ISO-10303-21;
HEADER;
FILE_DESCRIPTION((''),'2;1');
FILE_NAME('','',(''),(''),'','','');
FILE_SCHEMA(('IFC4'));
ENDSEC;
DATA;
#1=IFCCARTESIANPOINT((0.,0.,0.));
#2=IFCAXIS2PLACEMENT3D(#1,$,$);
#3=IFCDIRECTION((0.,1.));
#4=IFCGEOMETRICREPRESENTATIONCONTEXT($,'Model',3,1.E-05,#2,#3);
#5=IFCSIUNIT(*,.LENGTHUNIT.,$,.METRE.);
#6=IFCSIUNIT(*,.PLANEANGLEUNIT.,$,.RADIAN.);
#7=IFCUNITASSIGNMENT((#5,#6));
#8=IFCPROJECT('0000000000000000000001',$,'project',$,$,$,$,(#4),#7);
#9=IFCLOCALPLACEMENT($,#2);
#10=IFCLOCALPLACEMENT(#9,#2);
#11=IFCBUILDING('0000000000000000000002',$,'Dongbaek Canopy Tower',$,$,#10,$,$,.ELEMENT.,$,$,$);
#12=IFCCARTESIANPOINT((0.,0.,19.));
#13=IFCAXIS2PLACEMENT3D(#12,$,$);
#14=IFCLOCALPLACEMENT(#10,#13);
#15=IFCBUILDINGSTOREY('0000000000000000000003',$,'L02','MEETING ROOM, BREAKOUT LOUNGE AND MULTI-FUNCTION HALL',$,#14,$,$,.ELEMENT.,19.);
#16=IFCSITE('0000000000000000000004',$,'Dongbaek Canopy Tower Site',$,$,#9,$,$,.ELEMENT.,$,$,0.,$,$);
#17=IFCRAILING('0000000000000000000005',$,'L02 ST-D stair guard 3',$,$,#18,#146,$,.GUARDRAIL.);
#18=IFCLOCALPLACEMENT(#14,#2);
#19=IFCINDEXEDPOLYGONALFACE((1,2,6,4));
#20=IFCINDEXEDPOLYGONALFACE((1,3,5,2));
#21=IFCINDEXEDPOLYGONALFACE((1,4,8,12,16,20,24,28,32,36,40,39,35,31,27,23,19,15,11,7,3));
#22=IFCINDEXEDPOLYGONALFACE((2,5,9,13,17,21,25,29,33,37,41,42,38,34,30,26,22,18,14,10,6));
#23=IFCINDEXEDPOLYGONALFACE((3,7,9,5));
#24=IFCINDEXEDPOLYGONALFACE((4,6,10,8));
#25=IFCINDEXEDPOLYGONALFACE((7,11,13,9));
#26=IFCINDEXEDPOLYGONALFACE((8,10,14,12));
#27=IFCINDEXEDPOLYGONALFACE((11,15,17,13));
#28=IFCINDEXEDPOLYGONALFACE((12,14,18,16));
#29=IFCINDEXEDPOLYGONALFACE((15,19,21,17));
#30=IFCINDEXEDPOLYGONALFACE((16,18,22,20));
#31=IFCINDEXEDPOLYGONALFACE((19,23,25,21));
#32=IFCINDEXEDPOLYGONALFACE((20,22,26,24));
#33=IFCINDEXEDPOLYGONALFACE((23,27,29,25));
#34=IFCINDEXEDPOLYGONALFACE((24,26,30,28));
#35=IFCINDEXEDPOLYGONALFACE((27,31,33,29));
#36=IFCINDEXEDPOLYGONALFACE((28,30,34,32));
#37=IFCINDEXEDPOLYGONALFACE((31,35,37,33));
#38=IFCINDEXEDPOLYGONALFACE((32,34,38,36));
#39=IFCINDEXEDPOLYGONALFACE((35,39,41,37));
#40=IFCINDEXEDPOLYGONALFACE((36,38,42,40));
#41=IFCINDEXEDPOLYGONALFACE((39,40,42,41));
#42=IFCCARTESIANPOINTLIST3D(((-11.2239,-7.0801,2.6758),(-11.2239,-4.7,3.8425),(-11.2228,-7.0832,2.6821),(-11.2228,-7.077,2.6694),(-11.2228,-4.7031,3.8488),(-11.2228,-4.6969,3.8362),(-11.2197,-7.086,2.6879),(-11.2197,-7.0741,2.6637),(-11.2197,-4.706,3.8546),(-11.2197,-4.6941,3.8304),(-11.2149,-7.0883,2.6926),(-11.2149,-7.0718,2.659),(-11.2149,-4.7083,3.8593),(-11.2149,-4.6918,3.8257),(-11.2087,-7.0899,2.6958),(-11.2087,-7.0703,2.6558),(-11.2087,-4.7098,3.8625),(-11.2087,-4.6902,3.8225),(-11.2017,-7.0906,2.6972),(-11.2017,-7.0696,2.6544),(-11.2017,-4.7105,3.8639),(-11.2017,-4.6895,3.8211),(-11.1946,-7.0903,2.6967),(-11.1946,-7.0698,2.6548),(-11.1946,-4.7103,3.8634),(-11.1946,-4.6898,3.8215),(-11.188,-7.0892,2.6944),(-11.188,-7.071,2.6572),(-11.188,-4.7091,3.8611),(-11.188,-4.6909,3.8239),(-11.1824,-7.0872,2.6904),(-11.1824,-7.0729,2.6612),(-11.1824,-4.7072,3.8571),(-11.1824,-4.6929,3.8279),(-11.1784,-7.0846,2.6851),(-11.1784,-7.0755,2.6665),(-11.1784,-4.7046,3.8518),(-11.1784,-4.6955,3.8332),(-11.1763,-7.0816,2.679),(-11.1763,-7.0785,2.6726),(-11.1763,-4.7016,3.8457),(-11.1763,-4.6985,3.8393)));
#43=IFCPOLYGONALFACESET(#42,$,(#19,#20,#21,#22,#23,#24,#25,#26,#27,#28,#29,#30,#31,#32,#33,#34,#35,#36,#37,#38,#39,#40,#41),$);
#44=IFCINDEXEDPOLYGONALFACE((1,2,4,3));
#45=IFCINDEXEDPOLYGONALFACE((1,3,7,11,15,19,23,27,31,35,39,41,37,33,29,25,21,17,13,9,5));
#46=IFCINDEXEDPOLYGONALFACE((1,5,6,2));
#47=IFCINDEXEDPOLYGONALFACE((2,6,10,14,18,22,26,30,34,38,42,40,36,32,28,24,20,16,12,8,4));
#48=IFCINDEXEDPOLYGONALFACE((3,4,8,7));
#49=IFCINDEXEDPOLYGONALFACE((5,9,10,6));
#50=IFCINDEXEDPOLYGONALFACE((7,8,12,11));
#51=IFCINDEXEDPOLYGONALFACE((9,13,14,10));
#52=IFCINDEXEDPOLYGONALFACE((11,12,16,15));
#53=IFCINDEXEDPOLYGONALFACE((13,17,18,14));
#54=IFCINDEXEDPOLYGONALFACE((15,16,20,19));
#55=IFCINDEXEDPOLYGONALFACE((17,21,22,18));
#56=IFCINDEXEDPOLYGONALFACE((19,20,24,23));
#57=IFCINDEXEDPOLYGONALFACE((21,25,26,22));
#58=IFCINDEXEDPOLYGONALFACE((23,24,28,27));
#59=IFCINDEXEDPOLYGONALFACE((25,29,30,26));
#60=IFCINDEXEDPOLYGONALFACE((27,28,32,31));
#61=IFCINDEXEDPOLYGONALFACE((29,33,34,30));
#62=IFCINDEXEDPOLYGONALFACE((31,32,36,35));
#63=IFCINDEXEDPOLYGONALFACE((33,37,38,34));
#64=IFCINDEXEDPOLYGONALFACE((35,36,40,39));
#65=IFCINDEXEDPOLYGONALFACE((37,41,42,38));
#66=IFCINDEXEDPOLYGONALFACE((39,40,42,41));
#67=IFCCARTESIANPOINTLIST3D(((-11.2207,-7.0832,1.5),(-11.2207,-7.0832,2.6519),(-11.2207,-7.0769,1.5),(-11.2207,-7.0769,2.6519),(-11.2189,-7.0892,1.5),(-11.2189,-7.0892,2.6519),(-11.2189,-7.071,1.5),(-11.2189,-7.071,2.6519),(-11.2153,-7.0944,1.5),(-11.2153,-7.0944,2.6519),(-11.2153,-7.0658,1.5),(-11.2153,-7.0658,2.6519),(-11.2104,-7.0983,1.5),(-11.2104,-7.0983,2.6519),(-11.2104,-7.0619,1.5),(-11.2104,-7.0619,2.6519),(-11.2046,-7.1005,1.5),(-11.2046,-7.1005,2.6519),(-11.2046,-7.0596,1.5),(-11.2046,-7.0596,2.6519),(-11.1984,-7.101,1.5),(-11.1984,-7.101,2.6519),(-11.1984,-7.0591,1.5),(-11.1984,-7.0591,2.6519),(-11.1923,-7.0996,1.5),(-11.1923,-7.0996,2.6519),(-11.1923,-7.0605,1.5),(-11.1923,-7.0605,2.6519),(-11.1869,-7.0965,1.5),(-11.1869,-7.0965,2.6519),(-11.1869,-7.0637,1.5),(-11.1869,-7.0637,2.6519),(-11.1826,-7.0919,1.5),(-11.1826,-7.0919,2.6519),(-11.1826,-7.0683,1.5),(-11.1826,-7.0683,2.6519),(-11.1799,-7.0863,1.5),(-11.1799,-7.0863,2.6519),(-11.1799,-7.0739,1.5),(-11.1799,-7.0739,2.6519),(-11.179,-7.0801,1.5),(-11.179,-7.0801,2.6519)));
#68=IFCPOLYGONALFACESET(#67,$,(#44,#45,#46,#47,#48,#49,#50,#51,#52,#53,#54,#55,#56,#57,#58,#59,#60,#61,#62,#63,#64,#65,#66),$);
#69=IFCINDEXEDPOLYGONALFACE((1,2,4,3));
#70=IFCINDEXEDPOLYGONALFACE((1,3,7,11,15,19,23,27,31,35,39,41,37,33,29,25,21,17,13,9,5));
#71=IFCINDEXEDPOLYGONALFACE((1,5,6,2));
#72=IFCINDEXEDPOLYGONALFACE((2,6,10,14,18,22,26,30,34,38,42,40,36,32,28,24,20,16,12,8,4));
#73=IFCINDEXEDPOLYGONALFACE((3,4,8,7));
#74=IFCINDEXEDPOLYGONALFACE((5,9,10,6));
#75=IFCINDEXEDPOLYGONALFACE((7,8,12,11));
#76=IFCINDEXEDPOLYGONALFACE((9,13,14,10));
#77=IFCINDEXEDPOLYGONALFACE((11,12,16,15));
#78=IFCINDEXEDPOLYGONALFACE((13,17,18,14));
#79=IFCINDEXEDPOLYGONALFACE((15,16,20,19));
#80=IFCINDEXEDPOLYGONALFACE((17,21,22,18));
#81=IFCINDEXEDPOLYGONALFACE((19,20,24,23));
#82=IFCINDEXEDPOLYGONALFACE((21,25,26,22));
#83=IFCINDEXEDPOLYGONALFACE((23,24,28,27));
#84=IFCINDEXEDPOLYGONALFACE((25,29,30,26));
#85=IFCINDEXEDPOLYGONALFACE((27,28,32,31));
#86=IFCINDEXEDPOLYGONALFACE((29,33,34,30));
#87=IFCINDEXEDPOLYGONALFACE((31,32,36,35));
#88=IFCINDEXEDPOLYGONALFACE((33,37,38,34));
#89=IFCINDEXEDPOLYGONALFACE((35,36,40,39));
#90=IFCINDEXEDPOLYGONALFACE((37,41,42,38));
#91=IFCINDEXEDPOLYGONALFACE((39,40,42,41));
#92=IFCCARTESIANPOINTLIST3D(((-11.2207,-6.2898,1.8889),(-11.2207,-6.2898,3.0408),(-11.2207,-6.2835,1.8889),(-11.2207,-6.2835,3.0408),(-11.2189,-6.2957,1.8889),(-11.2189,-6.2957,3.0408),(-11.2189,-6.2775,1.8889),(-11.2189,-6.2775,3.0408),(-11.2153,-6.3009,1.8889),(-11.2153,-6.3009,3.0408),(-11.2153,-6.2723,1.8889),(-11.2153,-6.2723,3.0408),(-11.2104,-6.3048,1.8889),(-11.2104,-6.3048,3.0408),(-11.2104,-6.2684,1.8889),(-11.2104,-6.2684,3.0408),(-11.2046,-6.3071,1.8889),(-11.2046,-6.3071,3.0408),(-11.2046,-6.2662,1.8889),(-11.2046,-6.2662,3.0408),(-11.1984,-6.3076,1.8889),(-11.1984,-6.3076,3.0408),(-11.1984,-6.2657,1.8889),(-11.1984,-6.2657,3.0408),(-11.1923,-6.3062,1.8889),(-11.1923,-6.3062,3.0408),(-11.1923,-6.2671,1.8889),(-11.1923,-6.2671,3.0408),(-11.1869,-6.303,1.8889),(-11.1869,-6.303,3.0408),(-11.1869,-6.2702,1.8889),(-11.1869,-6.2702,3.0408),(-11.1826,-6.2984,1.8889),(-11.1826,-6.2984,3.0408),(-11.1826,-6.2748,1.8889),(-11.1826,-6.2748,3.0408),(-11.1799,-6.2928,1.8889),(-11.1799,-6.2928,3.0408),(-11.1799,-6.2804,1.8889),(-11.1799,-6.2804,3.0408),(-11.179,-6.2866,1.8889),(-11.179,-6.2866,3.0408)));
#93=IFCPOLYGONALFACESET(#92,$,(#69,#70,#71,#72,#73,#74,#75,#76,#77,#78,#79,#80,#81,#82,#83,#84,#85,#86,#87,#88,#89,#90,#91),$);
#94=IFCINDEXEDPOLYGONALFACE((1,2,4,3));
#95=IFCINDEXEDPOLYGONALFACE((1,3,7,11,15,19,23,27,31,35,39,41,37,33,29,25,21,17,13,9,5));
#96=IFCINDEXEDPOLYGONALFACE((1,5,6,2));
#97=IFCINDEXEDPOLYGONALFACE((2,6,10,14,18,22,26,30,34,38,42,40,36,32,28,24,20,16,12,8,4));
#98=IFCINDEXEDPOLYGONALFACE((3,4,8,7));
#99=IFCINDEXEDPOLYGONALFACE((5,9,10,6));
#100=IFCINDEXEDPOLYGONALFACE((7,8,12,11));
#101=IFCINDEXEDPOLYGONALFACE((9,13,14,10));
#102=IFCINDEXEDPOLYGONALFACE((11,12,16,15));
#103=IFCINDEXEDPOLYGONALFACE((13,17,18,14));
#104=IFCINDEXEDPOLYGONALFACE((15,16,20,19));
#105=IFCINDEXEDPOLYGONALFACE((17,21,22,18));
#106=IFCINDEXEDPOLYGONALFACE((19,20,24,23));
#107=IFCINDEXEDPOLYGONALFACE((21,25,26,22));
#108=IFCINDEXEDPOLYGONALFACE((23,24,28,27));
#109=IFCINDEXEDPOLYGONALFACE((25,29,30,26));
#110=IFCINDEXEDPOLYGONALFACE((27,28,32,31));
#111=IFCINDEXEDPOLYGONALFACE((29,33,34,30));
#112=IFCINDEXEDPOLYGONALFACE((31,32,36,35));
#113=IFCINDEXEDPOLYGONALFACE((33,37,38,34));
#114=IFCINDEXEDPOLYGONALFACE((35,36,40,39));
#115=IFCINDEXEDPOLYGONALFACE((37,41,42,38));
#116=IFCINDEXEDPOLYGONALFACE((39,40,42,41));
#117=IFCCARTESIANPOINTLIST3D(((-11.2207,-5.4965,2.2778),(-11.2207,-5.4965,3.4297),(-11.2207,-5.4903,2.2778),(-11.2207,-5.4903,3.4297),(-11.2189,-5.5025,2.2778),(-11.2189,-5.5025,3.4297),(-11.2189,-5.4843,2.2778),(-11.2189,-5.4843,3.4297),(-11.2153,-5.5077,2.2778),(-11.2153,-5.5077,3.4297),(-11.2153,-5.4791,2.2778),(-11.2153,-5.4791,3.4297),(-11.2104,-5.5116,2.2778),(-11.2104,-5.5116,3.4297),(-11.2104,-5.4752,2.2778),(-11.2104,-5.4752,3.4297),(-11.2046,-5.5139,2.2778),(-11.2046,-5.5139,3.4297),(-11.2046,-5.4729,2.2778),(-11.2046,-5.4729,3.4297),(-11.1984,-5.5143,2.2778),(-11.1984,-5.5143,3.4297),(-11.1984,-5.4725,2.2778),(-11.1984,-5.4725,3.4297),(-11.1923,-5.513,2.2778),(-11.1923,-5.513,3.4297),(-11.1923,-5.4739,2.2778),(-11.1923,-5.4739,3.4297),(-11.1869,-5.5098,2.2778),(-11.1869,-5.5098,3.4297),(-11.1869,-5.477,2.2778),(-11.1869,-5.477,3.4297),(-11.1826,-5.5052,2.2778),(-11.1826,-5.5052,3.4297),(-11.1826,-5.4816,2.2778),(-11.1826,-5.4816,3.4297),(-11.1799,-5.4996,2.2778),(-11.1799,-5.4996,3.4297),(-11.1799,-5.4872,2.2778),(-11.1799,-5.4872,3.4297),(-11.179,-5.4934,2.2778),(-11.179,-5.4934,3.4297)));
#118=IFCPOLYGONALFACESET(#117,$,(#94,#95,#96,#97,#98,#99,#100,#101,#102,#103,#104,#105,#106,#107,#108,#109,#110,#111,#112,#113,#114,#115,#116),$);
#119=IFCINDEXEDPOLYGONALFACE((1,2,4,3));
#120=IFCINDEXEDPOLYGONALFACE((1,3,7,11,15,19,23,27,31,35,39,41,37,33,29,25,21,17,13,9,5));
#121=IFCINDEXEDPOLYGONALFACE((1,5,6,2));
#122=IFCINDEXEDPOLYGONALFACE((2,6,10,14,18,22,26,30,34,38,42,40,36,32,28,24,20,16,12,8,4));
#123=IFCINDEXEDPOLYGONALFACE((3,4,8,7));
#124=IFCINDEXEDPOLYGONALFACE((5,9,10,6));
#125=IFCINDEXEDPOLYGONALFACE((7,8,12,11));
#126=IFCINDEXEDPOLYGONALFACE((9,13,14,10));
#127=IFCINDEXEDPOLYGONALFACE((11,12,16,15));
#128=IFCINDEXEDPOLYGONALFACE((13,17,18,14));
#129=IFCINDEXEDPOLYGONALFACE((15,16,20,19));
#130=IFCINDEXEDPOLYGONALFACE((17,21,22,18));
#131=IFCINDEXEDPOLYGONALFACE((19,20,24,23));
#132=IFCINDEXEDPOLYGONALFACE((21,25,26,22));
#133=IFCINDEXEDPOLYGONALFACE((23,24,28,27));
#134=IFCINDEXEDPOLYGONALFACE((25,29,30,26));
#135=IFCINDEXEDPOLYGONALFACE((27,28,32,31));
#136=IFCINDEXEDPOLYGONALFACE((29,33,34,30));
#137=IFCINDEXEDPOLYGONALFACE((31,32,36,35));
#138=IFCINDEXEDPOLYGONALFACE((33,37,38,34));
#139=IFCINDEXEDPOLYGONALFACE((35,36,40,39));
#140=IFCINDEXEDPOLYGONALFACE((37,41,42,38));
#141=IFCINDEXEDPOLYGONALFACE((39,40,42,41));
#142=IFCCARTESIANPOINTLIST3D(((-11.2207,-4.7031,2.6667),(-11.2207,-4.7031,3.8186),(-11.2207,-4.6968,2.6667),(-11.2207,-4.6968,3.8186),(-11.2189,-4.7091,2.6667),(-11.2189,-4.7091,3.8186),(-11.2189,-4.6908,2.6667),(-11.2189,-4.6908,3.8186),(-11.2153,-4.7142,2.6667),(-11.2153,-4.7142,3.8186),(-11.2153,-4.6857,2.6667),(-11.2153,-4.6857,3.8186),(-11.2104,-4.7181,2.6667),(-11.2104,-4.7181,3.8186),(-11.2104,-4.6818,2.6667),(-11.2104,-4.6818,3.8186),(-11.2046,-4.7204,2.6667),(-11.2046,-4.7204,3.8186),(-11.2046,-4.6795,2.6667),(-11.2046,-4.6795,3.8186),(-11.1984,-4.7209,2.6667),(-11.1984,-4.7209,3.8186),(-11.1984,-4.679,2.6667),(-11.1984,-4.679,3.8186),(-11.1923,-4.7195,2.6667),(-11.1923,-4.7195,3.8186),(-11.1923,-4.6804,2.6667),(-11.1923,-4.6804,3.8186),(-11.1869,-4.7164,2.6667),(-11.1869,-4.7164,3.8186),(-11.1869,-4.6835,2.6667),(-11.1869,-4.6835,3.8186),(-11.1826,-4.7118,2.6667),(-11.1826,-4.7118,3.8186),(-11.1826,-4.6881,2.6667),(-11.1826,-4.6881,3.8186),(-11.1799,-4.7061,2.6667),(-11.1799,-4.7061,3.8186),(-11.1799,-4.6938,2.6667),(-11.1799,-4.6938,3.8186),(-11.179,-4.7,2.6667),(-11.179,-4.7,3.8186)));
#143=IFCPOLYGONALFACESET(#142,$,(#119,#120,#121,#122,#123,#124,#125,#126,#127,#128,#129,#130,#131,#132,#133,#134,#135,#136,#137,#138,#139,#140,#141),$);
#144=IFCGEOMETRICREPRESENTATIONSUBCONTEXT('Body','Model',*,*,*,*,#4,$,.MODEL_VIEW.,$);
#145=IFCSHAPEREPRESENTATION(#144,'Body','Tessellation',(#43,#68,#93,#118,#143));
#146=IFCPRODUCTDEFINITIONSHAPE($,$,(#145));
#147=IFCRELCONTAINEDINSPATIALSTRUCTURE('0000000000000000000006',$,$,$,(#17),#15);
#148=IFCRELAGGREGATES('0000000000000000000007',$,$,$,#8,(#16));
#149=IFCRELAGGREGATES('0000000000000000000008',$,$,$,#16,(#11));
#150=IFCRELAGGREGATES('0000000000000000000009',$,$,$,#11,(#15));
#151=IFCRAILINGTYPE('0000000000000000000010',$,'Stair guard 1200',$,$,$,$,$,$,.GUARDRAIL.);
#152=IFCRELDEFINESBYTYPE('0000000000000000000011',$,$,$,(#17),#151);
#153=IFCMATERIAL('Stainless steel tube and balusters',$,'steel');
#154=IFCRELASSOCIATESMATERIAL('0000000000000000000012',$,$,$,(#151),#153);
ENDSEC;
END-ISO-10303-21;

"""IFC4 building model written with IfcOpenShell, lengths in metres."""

from ifc_helpers import new_model, si_unit, direction, frame, origin, origin_2d, place, context, subcontext, project, spatial, circle, extrude, material, type_object, element, save


model = new_model("IFC4")

# Units and contexts
model_context = context("Model", 3, precision=1e-05, world=origin(), true_north=direction((0.0, 1.0)))
body_context = subcontext(model_context, "Body", "Model", "MODEL_VIEW")
ifc_project = project(units=[si_unit("LENGTHUNIT", "METRE"), si_unit("PLANEANGLEUNIT", "RADIAN")], contexts=[model_context])

# Site, building, storey
site_placement = place(None, origin())
site = spatial("IfcSite", under=ifc_project, at=site_placement, Name="Dongbaek Canopy Tower Site", CompositionType="ELEMENT", RefElevation=0.0)
building_placement = place(site_placement, origin())
building = spatial("IfcBuilding", under=site, at=building_placement, Name="Dongbaek Canopy Tower", CompositionType="ELEMENT")
storey_placement = place(building_placement, frame((0.0, 0.0, 19.0)))
storey = spatial("IfcBuildingStorey", under=building, at=storey_placement, Name="L02", Description="MEETING ROOM, BREAKOUT LOUNGE AND MULTI-FUNCTION HALL", CompositionType="ELEMENT", Elevation=19.0)

# Railing
ifc_material_1 = material(Name="Stainless steel tube and balusters", Category="steel")
railing_type_1 = type_object("IfcRailingType", Name="Stair guard 1200", PredefinedType="GUARDRAIL", material=ifc_material_1)
railing_1_placement = place(storey_placement, frame((-11.2, -7.0801, 1.5)))
element("IfcRailing", 1, at=railing_1_placement, inside=storey, type_object=railing_type_1, Name="L02 ST-D stair guard 3", PredefinedType="GUARDRAIL", context=body_context, shape_type="SweptSolid", body=[
    extrude(circle(Radius=0.0239, at=origin_2d()), frame((0.0, 0.0, 1.1758), z_axis=(0.0, 0.897918, 0.440163), x_axis=(-1.0, 0.0, 0.0)), (0.0, 0.0, 1.0), 2.6506),
    extrude(circle(Radius=0.021, at=origin_2d()), origin(), (0.0, 0.0, 1.0), 1.1519),
    extrude(circle(Radius=0.021, at=origin_2d()), frame((0.0, 0.7935, 0.3889)), (0.0, 0.0, 1.0), 1.1519),
    extrude(circle(Radius=0.021, at=origin_2d()), frame((0.0, 1.5867, 0.7778)), (0.0, 0.0, 1.0), 1.1519),
    extrude(circle(Radius=0.021, at=origin_2d()), frame((0.0, 2.3801, 1.1667)), (0.0, 0.0, 1.0), 1.1519),
])

save(model, "model.ifc")
